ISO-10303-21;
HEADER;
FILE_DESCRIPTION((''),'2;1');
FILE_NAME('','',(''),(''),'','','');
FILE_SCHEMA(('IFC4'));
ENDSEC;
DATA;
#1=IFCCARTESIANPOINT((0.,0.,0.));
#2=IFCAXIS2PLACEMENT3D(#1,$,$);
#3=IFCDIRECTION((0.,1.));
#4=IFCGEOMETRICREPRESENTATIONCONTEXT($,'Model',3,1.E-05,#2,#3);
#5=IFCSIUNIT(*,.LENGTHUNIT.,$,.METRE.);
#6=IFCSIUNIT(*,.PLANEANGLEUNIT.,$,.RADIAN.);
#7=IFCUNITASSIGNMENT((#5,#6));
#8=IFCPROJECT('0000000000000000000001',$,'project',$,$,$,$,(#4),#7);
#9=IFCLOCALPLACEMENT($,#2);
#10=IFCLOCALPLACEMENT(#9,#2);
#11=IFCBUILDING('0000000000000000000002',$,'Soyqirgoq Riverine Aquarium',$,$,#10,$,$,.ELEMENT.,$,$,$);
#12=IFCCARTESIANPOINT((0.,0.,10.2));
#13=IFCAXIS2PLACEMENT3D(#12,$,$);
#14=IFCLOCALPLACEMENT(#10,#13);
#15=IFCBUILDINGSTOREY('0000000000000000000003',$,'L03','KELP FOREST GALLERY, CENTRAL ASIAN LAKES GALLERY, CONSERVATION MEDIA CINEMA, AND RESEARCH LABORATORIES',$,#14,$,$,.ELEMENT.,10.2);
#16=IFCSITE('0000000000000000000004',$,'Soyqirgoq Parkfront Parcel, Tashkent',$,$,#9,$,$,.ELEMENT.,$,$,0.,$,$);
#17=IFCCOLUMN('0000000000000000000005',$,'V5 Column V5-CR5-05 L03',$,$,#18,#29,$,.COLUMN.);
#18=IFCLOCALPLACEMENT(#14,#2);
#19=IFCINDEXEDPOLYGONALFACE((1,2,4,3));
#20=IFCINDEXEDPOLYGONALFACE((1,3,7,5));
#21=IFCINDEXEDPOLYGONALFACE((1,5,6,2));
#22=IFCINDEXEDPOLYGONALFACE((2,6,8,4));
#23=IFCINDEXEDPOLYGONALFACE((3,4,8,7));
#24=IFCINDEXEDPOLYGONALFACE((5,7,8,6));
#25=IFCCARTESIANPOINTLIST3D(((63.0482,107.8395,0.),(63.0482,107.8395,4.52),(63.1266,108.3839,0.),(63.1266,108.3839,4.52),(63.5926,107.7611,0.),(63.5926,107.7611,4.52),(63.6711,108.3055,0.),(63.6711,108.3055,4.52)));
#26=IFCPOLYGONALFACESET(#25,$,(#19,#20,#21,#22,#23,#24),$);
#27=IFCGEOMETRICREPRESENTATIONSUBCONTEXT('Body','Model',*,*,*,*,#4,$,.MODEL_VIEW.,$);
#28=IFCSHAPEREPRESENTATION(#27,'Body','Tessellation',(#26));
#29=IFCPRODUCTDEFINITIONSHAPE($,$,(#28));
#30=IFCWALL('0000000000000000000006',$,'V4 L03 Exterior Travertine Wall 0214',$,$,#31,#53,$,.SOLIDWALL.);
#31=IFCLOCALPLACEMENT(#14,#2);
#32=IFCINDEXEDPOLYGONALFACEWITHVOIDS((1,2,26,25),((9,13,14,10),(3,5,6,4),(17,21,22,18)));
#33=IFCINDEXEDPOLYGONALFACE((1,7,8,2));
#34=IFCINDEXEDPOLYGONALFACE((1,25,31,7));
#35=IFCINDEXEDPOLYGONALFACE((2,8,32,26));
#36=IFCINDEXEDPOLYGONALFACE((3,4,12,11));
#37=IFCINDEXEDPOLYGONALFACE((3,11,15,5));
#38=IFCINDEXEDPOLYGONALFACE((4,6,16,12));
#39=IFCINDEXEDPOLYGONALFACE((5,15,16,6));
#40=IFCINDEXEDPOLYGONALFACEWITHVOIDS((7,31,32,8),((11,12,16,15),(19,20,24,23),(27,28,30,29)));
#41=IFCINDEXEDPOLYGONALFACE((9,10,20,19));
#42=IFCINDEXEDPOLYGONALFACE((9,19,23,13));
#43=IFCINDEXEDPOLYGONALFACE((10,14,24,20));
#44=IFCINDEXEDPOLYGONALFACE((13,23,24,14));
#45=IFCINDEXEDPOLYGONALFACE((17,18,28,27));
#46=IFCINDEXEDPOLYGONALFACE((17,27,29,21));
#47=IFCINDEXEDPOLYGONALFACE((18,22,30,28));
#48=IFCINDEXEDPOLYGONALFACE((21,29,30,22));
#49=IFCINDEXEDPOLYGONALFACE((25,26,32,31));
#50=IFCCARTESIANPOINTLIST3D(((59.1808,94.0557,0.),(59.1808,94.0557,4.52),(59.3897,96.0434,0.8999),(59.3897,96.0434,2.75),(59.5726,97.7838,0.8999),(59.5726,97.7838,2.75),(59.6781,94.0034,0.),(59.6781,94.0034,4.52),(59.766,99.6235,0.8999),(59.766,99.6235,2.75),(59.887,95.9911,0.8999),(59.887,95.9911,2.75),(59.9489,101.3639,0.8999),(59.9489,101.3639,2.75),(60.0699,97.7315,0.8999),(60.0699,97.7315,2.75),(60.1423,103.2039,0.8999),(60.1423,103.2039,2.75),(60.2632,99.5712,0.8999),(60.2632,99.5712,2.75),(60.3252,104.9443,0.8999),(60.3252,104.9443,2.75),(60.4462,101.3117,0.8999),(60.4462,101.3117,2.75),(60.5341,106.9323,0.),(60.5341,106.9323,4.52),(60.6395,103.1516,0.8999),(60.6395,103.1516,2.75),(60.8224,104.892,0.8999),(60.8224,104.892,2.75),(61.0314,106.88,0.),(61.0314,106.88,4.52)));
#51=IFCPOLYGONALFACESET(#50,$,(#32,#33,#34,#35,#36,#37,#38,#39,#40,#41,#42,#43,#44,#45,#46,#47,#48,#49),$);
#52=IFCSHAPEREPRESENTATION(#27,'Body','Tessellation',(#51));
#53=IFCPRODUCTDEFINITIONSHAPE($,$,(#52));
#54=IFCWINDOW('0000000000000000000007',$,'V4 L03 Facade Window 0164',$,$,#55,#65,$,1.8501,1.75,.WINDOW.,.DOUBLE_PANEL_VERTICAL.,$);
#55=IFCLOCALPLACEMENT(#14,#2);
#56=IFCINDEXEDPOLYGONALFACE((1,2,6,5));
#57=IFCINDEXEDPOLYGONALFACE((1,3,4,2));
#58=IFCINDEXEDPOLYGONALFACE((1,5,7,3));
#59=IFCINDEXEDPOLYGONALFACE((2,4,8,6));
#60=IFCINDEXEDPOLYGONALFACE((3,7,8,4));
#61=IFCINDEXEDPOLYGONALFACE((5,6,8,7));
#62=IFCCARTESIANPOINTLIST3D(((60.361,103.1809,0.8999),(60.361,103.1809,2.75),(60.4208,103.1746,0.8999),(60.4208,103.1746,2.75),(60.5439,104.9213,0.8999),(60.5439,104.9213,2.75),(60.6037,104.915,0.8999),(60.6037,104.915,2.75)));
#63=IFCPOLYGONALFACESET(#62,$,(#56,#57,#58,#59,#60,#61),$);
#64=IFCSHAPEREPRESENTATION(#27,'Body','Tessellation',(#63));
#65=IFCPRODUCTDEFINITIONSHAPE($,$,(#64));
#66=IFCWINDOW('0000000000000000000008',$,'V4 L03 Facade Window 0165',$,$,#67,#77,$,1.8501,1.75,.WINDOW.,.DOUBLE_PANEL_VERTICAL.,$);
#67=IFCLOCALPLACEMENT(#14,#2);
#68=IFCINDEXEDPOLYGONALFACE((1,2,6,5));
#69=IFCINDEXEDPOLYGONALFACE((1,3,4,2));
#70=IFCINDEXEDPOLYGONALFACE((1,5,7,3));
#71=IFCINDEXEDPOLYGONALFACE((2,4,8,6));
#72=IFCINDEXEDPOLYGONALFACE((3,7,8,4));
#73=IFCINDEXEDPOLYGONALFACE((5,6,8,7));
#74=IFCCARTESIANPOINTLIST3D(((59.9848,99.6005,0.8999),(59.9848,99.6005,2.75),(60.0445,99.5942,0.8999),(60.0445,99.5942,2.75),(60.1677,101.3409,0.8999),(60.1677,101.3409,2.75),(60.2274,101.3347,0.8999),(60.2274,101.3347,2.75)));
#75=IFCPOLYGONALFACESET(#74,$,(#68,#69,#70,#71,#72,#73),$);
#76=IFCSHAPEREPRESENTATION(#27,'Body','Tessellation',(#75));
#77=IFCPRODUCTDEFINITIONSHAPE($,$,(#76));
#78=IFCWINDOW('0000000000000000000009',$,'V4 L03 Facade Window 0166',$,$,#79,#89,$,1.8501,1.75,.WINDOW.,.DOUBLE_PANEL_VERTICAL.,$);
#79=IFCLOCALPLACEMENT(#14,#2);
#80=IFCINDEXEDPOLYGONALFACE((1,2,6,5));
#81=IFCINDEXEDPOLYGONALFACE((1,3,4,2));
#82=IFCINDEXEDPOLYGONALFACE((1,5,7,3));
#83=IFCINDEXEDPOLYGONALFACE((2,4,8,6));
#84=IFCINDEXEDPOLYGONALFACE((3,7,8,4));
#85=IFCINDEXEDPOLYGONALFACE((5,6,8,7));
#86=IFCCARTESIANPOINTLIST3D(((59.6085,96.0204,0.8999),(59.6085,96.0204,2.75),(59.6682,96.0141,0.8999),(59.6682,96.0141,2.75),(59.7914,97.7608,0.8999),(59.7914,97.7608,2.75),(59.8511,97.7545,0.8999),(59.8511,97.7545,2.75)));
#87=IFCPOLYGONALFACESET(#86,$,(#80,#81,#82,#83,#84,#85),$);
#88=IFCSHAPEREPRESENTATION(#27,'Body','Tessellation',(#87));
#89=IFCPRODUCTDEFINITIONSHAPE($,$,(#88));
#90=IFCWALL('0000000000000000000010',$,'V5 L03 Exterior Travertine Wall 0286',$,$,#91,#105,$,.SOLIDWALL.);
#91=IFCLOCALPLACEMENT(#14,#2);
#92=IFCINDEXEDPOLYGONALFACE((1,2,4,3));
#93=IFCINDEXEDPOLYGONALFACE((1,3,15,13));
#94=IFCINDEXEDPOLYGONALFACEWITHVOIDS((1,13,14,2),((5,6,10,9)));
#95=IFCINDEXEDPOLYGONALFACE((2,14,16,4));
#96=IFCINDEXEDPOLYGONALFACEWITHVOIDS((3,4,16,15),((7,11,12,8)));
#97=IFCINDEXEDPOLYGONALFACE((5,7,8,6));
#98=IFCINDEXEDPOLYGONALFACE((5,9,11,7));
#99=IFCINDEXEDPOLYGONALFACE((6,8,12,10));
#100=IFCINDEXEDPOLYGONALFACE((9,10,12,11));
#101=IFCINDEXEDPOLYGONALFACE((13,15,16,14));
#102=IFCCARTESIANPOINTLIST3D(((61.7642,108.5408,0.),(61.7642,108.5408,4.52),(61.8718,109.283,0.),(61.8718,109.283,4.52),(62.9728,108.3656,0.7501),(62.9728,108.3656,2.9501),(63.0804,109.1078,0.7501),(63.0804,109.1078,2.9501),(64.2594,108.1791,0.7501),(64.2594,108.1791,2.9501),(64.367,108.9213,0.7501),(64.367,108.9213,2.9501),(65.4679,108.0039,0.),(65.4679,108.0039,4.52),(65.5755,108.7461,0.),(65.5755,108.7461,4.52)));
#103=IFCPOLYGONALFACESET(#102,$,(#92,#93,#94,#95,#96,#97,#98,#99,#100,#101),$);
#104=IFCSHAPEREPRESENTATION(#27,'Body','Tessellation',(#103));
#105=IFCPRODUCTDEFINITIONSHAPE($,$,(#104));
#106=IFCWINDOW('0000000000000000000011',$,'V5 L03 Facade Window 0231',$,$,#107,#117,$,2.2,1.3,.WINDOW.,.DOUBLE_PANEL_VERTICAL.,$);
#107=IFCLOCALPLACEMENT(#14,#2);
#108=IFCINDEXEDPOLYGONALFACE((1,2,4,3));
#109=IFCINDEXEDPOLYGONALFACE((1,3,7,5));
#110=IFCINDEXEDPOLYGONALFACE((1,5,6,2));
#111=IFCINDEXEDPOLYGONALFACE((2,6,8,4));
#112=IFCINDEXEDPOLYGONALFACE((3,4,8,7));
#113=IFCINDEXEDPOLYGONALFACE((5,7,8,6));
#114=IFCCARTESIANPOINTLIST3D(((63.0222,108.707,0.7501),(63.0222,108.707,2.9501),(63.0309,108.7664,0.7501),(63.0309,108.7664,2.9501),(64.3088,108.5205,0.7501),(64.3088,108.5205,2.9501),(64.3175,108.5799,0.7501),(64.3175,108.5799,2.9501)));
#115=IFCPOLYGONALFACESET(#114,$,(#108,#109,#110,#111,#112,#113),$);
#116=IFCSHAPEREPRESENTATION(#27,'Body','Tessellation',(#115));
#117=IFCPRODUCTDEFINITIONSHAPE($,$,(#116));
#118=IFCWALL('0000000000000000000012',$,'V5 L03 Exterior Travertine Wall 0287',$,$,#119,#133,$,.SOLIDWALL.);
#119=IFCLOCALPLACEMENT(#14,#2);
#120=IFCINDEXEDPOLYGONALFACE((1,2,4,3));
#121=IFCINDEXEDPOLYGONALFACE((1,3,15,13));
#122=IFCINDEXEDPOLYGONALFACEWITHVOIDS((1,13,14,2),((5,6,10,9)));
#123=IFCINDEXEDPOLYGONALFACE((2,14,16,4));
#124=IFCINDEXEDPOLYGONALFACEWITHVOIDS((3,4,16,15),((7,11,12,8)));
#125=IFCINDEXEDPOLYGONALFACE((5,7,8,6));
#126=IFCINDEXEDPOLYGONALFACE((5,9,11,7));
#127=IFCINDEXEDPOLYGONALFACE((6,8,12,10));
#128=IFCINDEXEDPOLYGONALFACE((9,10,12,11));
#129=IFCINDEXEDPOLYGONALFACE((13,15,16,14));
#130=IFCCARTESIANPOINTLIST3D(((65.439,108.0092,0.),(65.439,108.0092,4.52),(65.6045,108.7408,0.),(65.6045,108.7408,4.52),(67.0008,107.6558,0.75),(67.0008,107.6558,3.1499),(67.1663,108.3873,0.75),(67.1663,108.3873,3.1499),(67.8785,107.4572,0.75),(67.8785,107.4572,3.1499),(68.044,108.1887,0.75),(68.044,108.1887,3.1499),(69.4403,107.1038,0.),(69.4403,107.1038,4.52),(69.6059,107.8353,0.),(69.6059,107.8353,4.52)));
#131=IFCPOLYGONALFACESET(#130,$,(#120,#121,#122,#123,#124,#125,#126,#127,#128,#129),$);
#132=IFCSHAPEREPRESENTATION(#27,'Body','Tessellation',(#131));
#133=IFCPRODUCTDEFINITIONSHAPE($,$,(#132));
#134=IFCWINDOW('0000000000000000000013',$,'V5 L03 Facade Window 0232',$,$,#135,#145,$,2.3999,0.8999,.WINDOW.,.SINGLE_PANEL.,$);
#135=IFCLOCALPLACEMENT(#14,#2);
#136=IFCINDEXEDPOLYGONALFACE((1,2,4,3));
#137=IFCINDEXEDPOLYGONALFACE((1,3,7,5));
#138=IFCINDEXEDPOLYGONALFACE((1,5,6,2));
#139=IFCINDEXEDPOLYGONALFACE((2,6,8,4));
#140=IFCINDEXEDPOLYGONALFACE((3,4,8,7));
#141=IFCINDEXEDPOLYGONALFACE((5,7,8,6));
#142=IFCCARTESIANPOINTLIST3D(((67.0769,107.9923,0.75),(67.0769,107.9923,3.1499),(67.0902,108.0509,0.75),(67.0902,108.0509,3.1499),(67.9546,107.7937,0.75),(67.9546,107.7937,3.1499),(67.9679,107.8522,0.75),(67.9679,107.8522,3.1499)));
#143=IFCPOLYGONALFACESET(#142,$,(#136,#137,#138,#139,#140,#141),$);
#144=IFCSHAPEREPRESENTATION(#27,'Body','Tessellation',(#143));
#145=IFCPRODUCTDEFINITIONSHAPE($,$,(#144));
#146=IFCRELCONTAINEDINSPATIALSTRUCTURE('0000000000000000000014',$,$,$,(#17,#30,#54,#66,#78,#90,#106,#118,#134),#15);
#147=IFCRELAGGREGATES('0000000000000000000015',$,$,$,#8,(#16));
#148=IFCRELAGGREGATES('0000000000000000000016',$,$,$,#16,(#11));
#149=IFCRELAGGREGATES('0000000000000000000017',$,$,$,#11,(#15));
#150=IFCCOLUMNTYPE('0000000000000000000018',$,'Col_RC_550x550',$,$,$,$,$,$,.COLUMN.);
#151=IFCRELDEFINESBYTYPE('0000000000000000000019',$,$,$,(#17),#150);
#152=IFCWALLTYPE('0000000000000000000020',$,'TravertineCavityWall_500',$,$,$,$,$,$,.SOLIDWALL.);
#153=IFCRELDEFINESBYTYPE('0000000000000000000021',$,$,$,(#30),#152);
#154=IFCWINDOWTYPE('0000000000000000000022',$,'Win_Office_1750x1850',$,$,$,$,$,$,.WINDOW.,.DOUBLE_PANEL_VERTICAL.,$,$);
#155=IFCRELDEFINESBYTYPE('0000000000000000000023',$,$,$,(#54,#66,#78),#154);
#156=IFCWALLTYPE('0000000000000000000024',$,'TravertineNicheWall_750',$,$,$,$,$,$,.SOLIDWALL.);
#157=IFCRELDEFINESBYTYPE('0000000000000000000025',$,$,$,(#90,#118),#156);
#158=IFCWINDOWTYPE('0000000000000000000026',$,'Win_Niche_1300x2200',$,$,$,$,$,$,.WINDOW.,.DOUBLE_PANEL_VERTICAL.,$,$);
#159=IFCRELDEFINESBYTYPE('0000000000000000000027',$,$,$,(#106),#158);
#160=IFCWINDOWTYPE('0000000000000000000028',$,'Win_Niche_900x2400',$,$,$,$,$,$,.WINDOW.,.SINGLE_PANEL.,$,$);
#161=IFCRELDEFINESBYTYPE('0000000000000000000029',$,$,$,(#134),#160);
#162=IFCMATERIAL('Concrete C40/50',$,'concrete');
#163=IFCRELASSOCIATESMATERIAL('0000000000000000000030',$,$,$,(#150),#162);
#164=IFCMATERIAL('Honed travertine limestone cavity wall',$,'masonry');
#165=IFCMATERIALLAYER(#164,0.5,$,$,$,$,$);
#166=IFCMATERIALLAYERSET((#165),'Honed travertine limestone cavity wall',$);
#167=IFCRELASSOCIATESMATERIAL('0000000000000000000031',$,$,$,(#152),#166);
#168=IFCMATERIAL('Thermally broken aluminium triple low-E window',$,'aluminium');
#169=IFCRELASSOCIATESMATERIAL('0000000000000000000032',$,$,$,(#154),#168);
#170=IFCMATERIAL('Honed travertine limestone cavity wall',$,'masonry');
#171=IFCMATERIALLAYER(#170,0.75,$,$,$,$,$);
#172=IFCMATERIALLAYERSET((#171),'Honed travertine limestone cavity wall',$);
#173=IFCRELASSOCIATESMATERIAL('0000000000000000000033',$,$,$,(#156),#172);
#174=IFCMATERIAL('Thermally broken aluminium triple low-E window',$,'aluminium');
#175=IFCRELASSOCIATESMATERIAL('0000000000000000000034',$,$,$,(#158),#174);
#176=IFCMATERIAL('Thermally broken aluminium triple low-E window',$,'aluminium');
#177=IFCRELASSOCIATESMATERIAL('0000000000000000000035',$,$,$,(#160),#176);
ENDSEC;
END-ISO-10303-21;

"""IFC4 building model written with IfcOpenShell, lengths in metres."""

from ifc_helpers import new_model, si_unit, direction, frame, frame_2d, origin, origin_2d, place, context, subcontext, project, spatial, rectangle, extrude, material, layer, layer_set, material_profile, profile_set, type_object, element, fill, save


model = new_model("IFC4")

# Units and contexts
model_context = context("Model", 3, precision=1e-05, world=origin(), true_north=direction((0.0, 1.0)))
body_context = subcontext(model_context, "Body", "Model", "MODEL_VIEW")
ifc_project = project(units=[si_unit("LENGTHUNIT", "METRE"), si_unit("PLANEANGLEUNIT", "RADIAN")], contexts=[model_context])

# Site, building, storey
site_placement = place(None, origin())
site = spatial("IfcSite", under=ifc_project, at=site_placement, Name="Soyqirgoq Parkfront Parcel, Tashkent", CompositionType="ELEMENT", RefElevation=0.0)
building_placement = place(site_placement, origin())
building = spatial("IfcBuilding", under=site, at=building_placement, Name="Soyqirgoq Riverine Aquarium", CompositionType="ELEMENT")
storey_placement = place(building_placement, frame((0.0, 0.0, 10.2)))
storey = spatial("IfcBuildingStorey", under=building, at=storey_placement, Name="L03", Description="KELP FOREST GALLERY, CENTRAL ASIAN LAKES GALLERY, CONSERVATION MEDIA CINEMA, AND RESEARCH LABORATORIES", CompositionType="ELEMENT", Elevation=10.2)

# Column
ifc_material_1 = material(Name="Concrete C40/50", Category="concrete")
ifc_material_profile = material_profile(ifc_material_1, rectangle(XDim=0.55, YDim=0.55, at=origin_2d()), Name="RC 550x550")
ifc_profile_set = profile_set([ifc_material_profile], Name="Concrete C40/50")
column_type = type_object("IfcColumnType", Name="Col_RC_550x550", PredefinedType="COLUMN", material=ifc_profile_set)
column_placement = place(storey_placement, frame((63.3596, 108.0725, 0.0), z_axis=(0.0, 0.0, 1.0), x_axis=(0.142629, 0.989776, 0.0)))
element("IfcColumn", 1, at=column_placement, inside=storey, type_object=column_type, Name="V5 Column V5-CR5-05 L03", PredefinedType="COLUMN", context=body_context, shape_type="SweptSolid", body=[
    extrude(rectangle(XDim=0.55, YDim=0.55, at=origin_2d()), origin(), (0.0, 0.0, 1.0), 4.52),
])

# Wall, openings, windows
ifc_material_2 = material(Name="Honed travertine limestone cavity wall", Category="masonry")
ifc_layer_1 = layer(ifc_material_2, 0.5)
ifc_layer_set_1 = layer_set([ifc_layer_1], Name="Honed travertine limestone cavity wall")
wall_type_1 = type_object("IfcWallType", Name="TravertineCavityWall_500", PredefinedType="SOLIDWALL", material=ifc_layer_set_1)
wall_1_placement = place(storey_placement, frame((60.7827, 106.906, 0.0), z_axis=(0.0, 0.0, 1.0), x_axis=(-0.104519, -0.994523, 0.0)))
wall_1 = element("IfcWall", 2, at=wall_1_placement, inside=storey, type_object=wall_type_1, Name="V4 L03 Exterior Travertine Wall 0214", PredefinedType="SOLIDWALL", context=body_context, shape_type="SweptSolid", body=[
    extrude(rectangle(XDim=12.9475, YDim=0.5, at=frame_2d((6.4736, 0.0))), origin(), (0.0, 0.0, 1.0), 4.52),
])
opening_1_placement = place(wall_1_placement, frame((1.9988, 0.0, 0.8999)))
opening_1 = element("IfcOpeningElement", 3, at=opening_1_placement, cuts=wall_1, PredefinedType="OPENING", context=body_context, shape_type="SweptSolid", body=[
    extrude(rectangle(XDim=1.75, YDim=1.8501, at=frame_2d((0.875, 0.925))), frame((0.0, 0.26, 0.0), z_axis=(0.0, -1.0, 0.0), x_axis=(1.0, 0.0, 0.0)), (0.0, 0.0, 1.0), 0.52),
])
opening_2_placement = place(wall_1_placement, frame((5.5989, 0.0, 0.8999)))
opening_2 = element("IfcOpeningElement", 4, at=opening_2_placement, cuts=wall_1, PredefinedType="OPENING", context=body_context, shape_type="SweptSolid", body=[
    extrude(rectangle(XDim=1.75, YDim=1.8501, at=frame_2d((0.875, 0.925))), frame((0.0, 0.26, 0.0), z_axis=(0.0, -1.0, 0.0), x_axis=(1.0, 0.0, 0.0)), (0.0, 0.0, 1.0), 0.52),
])
opening_3_placement = place(wall_1_placement, frame((9.1987, 0.0, 0.8999)))
opening_3 = element("IfcOpeningElement", 5, at=opening_3_placement, cuts=wall_1, PredefinedType="OPENING", context=body_context, shape_type="SweptSolid", body=[
    extrude(rectangle(XDim=1.75, YDim=1.8501, at=frame_2d((0.875, 0.925))), frame((0.0, 0.26, 0.0), z_axis=(0.0, -1.0, 0.0), x_axis=(1.0, 0.0, 0.0)), (0.0, 0.0, 1.0), 0.52),
])
ifc_material_3 = material(Name="Thermally broken aluminium triple low-E window", Category="aluminium")
window_type_1 = type_object("IfcWindowType", Name="Win_Office_1750x1850", PartitioningType="DOUBLE_PANEL_VERTICAL", PredefinedType="WINDOW", material=ifc_material_3)
window_1_placement = place(opening_1_placement, origin())
window_1 = element("IfcWindow", 6, at=window_1_placement, inside=storey, type_object=window_type_1, Name="V4 L03 Facade Window 0164", OverallHeight=1.8501, OverallWidth=1.75, PartitioningType="DOUBLE_PANEL_VERTICAL", PredefinedType="WINDOW", context=body_context, shape_type="SweptSolid", body=[
    extrude(rectangle(XDim=1.75, YDim=1.8501, at=frame_2d((0.875, 0.925))), frame((0.0, 0.03, 0.0), z_axis=(0.0, -1.0, 0.0), x_axis=(1.0, 0.0, 0.0)), (0.0, 0.0, 1.0), 0.0601),
])
fill(opening_1, window_1)
window_2_placement = place(opening_2_placement, origin())
window_2 = element("IfcWindow", 7, at=window_2_placement, inside=storey, type_object=window_type_1, Name="V4 L03 Facade Window 0165", OverallHeight=1.8501, OverallWidth=1.75, PartitioningType="DOUBLE_PANEL_VERTICAL", PredefinedType="WINDOW", context=body_context, shape_type="SweptSolid", body=[
    extrude(rectangle(XDim=1.75, YDim=1.8501, at=frame_2d((0.875, 0.925))), frame((0.0, 0.03, 0.0), z_axis=(0.0, -1.0, 0.0), x_axis=(1.0, 0.0, 0.0)), (0.0, 0.0, 1.0), 0.0601),
])
fill(opening_2, window_2)
window_3_placement = place(opening_3_placement, origin())
window_3 = element("IfcWindow", 8, at=window_3_placement, inside=storey, type_object=window_type_1, Name="V4 L03 Facade Window 0166", OverallHeight=1.8501, OverallWidth=1.75, PartitioningType="DOUBLE_PANEL_VERTICAL", PredefinedType="WINDOW", context=body_context, shape_type="SweptSolid", body=[
    extrude(rectangle(XDim=1.75, YDim=1.8501, at=frame_2d((0.875, 0.925))), frame((0.0, 0.03, 0.0), z_axis=(0.0, -1.0, 0.0), x_axis=(1.0, 0.0, 0.0)), (0.0, 0.0, 1.0), 0.0601),
])
fill(opening_3, window_3)

# Walls, openings, windows
ifc_material_4 = material(Name="Honed travertine limestone cavity wall", Category="masonry")
ifc_layer_2 = layer(ifc_material_4, 0.75)
ifc_layer_set_2 = layer_set([ifc_layer_2], Name="Honed travertine limestone cavity wall")
wall_type_2 = type_object("IfcWallType", Name="TravertineNicheWall_750", PredefinedType="SOLIDWALL", material=ifc_layer_set_2)
wall_2_placement = place(storey_placement, frame((61.8181, 108.9119, 0.0), z_axis=(0.0, 0.0, 1.0), x_axis=(0.989656, -0.143458, 0.0)))
wall_2 = element("IfcWall", 9, at=wall_2_placement, inside=storey, type_object=wall_type_2, Name="V5 L03 Exterior Travertine Wall 0286", PredefinedType="SOLIDWALL", context=body_context, shape_type="SweptSolid", body=[
    extrude(rectangle(XDim=3.7424, YDim=0.75, at=frame_2d((1.8711, 0.0))), origin(), (0.0, 0.0, 1.0), 4.52),
])
opening_4_placement = place(wall_2_placement, frame((1.2212, 0.0, 0.75)))
opening_4 = element("IfcOpeningElement", 10, at=opening_4_placement, cuts=wall_2, PredefinedType="OPENING", context=body_context, shape_type="SweptSolid", body=[
    extrude(rectangle(XDim=1.3, YDim=2.2, at=frame_2d((0.6499, 1.1001))), frame((0.0, 0.385, 0.0), z_axis=(0.0, -1.0, 0.0), x_axis=(1.0, 0.0, 0.0)), (0.0, 0.0, 1.0), 0.77),
])
ifc_material_5 = material(Name="Thermally broken aluminium triple low-E window", Category="aluminium")
window_type_2 = type_object("IfcWindowType", Name="Win_Niche_1300x2200", PartitioningType="DOUBLE_PANEL_VERTICAL", PredefinedType="WINDOW", material=ifc_material_5)
window_4_placement = place(opening_4_placement, origin())
window_4 = element("IfcWindow", 11, at=window_4_placement, inside=storey, type_object=window_type_2, Name="V5 L03 Facade Window 0231", OverallHeight=2.2, OverallWidth=1.3, PartitioningType="DOUBLE_PANEL_VERTICAL", PredefinedType="WINDOW", context=body_context, shape_type="SweptSolid", body=[
    extrude(rectangle(XDim=1.3, YDim=2.2, at=frame_2d((0.6499, 1.1001))), frame((0.0, 0.03, 0.0), z_axis=(0.0, -1.0, 0.0), x_axis=(1.0, 0.0, 0.0)), (0.0, 0.0, 1.0), 0.0601),
])
fill(opening_4, window_4)
wall_3_placement = place(storey_placement, frame((65.5217, 108.375, 0.0), z_axis=(0.0, 0.0, 1.0), x_axis=(0.975338, -0.220716, 0.0)))
wall_3 = element("IfcWall", 12, at=wall_3_placement, inside=storey, type_object=wall_type_2, Name="V5 L03 Exterior Travertine Wall 0287", PredefinedType="SOLIDWALL", context=body_context, shape_type="SweptSolid", body=[
    extrude(rectangle(XDim=4.1025, YDim=0.75, at=frame_2d((2.0513, 0.0))), origin(), (0.0, 0.0, 1.0), 4.52),
])
opening_5_placement = place(wall_3_placement, frame((1.6013, 0.0, 0.75)))
opening_5 = element("IfcOpeningElement", 13, at=opening_5_placement, cuts=wall_3, PredefinedType="OPENING", context=body_context, shape_type="SweptSolid", body=[
    extrude(rectangle(XDim=0.8999, YDim=2.3999, at=frame_2d((0.45, 1.2))), frame((0.0, 0.385, 0.0), z_axis=(0.0, -1.0, 0.0), x_axis=(1.0, 0.0, 0.0)), (0.0, 0.0, 1.0), 0.77),
])
ifc_material_6 = material(Name="Thermally broken aluminium triple low-E window", Category="aluminium")
window_type_3 = type_object("IfcWindowType", Name="Win_Niche_900x2400", PartitioningType="SINGLE_PANEL", PredefinedType="WINDOW", material=ifc_material_6)
window_5_placement = place(opening_5_placement, origin())
window_5 = element("IfcWindow", 14, at=window_5_placement, inside=storey, type_object=window_type_3, Name="V5 L03 Facade Window 0232", OverallHeight=2.3999, OverallWidth=0.8999, PartitioningType="SINGLE_PANEL", PredefinedType="WINDOW", context=body_context, shape_type="SweptSolid", body=[
    extrude(rectangle(XDim=0.8999, YDim=2.3999, at=frame_2d((0.45, 1.2))), frame((0.0, 0.03, 0.0), z_axis=(0.0, -1.0, 0.0), x_axis=(1.0, 0.0, 0.0)), (0.0, 0.0, 1.0), 0.0601),
])
fill(opening_5, window_5)

save(model, "model.ifc")
